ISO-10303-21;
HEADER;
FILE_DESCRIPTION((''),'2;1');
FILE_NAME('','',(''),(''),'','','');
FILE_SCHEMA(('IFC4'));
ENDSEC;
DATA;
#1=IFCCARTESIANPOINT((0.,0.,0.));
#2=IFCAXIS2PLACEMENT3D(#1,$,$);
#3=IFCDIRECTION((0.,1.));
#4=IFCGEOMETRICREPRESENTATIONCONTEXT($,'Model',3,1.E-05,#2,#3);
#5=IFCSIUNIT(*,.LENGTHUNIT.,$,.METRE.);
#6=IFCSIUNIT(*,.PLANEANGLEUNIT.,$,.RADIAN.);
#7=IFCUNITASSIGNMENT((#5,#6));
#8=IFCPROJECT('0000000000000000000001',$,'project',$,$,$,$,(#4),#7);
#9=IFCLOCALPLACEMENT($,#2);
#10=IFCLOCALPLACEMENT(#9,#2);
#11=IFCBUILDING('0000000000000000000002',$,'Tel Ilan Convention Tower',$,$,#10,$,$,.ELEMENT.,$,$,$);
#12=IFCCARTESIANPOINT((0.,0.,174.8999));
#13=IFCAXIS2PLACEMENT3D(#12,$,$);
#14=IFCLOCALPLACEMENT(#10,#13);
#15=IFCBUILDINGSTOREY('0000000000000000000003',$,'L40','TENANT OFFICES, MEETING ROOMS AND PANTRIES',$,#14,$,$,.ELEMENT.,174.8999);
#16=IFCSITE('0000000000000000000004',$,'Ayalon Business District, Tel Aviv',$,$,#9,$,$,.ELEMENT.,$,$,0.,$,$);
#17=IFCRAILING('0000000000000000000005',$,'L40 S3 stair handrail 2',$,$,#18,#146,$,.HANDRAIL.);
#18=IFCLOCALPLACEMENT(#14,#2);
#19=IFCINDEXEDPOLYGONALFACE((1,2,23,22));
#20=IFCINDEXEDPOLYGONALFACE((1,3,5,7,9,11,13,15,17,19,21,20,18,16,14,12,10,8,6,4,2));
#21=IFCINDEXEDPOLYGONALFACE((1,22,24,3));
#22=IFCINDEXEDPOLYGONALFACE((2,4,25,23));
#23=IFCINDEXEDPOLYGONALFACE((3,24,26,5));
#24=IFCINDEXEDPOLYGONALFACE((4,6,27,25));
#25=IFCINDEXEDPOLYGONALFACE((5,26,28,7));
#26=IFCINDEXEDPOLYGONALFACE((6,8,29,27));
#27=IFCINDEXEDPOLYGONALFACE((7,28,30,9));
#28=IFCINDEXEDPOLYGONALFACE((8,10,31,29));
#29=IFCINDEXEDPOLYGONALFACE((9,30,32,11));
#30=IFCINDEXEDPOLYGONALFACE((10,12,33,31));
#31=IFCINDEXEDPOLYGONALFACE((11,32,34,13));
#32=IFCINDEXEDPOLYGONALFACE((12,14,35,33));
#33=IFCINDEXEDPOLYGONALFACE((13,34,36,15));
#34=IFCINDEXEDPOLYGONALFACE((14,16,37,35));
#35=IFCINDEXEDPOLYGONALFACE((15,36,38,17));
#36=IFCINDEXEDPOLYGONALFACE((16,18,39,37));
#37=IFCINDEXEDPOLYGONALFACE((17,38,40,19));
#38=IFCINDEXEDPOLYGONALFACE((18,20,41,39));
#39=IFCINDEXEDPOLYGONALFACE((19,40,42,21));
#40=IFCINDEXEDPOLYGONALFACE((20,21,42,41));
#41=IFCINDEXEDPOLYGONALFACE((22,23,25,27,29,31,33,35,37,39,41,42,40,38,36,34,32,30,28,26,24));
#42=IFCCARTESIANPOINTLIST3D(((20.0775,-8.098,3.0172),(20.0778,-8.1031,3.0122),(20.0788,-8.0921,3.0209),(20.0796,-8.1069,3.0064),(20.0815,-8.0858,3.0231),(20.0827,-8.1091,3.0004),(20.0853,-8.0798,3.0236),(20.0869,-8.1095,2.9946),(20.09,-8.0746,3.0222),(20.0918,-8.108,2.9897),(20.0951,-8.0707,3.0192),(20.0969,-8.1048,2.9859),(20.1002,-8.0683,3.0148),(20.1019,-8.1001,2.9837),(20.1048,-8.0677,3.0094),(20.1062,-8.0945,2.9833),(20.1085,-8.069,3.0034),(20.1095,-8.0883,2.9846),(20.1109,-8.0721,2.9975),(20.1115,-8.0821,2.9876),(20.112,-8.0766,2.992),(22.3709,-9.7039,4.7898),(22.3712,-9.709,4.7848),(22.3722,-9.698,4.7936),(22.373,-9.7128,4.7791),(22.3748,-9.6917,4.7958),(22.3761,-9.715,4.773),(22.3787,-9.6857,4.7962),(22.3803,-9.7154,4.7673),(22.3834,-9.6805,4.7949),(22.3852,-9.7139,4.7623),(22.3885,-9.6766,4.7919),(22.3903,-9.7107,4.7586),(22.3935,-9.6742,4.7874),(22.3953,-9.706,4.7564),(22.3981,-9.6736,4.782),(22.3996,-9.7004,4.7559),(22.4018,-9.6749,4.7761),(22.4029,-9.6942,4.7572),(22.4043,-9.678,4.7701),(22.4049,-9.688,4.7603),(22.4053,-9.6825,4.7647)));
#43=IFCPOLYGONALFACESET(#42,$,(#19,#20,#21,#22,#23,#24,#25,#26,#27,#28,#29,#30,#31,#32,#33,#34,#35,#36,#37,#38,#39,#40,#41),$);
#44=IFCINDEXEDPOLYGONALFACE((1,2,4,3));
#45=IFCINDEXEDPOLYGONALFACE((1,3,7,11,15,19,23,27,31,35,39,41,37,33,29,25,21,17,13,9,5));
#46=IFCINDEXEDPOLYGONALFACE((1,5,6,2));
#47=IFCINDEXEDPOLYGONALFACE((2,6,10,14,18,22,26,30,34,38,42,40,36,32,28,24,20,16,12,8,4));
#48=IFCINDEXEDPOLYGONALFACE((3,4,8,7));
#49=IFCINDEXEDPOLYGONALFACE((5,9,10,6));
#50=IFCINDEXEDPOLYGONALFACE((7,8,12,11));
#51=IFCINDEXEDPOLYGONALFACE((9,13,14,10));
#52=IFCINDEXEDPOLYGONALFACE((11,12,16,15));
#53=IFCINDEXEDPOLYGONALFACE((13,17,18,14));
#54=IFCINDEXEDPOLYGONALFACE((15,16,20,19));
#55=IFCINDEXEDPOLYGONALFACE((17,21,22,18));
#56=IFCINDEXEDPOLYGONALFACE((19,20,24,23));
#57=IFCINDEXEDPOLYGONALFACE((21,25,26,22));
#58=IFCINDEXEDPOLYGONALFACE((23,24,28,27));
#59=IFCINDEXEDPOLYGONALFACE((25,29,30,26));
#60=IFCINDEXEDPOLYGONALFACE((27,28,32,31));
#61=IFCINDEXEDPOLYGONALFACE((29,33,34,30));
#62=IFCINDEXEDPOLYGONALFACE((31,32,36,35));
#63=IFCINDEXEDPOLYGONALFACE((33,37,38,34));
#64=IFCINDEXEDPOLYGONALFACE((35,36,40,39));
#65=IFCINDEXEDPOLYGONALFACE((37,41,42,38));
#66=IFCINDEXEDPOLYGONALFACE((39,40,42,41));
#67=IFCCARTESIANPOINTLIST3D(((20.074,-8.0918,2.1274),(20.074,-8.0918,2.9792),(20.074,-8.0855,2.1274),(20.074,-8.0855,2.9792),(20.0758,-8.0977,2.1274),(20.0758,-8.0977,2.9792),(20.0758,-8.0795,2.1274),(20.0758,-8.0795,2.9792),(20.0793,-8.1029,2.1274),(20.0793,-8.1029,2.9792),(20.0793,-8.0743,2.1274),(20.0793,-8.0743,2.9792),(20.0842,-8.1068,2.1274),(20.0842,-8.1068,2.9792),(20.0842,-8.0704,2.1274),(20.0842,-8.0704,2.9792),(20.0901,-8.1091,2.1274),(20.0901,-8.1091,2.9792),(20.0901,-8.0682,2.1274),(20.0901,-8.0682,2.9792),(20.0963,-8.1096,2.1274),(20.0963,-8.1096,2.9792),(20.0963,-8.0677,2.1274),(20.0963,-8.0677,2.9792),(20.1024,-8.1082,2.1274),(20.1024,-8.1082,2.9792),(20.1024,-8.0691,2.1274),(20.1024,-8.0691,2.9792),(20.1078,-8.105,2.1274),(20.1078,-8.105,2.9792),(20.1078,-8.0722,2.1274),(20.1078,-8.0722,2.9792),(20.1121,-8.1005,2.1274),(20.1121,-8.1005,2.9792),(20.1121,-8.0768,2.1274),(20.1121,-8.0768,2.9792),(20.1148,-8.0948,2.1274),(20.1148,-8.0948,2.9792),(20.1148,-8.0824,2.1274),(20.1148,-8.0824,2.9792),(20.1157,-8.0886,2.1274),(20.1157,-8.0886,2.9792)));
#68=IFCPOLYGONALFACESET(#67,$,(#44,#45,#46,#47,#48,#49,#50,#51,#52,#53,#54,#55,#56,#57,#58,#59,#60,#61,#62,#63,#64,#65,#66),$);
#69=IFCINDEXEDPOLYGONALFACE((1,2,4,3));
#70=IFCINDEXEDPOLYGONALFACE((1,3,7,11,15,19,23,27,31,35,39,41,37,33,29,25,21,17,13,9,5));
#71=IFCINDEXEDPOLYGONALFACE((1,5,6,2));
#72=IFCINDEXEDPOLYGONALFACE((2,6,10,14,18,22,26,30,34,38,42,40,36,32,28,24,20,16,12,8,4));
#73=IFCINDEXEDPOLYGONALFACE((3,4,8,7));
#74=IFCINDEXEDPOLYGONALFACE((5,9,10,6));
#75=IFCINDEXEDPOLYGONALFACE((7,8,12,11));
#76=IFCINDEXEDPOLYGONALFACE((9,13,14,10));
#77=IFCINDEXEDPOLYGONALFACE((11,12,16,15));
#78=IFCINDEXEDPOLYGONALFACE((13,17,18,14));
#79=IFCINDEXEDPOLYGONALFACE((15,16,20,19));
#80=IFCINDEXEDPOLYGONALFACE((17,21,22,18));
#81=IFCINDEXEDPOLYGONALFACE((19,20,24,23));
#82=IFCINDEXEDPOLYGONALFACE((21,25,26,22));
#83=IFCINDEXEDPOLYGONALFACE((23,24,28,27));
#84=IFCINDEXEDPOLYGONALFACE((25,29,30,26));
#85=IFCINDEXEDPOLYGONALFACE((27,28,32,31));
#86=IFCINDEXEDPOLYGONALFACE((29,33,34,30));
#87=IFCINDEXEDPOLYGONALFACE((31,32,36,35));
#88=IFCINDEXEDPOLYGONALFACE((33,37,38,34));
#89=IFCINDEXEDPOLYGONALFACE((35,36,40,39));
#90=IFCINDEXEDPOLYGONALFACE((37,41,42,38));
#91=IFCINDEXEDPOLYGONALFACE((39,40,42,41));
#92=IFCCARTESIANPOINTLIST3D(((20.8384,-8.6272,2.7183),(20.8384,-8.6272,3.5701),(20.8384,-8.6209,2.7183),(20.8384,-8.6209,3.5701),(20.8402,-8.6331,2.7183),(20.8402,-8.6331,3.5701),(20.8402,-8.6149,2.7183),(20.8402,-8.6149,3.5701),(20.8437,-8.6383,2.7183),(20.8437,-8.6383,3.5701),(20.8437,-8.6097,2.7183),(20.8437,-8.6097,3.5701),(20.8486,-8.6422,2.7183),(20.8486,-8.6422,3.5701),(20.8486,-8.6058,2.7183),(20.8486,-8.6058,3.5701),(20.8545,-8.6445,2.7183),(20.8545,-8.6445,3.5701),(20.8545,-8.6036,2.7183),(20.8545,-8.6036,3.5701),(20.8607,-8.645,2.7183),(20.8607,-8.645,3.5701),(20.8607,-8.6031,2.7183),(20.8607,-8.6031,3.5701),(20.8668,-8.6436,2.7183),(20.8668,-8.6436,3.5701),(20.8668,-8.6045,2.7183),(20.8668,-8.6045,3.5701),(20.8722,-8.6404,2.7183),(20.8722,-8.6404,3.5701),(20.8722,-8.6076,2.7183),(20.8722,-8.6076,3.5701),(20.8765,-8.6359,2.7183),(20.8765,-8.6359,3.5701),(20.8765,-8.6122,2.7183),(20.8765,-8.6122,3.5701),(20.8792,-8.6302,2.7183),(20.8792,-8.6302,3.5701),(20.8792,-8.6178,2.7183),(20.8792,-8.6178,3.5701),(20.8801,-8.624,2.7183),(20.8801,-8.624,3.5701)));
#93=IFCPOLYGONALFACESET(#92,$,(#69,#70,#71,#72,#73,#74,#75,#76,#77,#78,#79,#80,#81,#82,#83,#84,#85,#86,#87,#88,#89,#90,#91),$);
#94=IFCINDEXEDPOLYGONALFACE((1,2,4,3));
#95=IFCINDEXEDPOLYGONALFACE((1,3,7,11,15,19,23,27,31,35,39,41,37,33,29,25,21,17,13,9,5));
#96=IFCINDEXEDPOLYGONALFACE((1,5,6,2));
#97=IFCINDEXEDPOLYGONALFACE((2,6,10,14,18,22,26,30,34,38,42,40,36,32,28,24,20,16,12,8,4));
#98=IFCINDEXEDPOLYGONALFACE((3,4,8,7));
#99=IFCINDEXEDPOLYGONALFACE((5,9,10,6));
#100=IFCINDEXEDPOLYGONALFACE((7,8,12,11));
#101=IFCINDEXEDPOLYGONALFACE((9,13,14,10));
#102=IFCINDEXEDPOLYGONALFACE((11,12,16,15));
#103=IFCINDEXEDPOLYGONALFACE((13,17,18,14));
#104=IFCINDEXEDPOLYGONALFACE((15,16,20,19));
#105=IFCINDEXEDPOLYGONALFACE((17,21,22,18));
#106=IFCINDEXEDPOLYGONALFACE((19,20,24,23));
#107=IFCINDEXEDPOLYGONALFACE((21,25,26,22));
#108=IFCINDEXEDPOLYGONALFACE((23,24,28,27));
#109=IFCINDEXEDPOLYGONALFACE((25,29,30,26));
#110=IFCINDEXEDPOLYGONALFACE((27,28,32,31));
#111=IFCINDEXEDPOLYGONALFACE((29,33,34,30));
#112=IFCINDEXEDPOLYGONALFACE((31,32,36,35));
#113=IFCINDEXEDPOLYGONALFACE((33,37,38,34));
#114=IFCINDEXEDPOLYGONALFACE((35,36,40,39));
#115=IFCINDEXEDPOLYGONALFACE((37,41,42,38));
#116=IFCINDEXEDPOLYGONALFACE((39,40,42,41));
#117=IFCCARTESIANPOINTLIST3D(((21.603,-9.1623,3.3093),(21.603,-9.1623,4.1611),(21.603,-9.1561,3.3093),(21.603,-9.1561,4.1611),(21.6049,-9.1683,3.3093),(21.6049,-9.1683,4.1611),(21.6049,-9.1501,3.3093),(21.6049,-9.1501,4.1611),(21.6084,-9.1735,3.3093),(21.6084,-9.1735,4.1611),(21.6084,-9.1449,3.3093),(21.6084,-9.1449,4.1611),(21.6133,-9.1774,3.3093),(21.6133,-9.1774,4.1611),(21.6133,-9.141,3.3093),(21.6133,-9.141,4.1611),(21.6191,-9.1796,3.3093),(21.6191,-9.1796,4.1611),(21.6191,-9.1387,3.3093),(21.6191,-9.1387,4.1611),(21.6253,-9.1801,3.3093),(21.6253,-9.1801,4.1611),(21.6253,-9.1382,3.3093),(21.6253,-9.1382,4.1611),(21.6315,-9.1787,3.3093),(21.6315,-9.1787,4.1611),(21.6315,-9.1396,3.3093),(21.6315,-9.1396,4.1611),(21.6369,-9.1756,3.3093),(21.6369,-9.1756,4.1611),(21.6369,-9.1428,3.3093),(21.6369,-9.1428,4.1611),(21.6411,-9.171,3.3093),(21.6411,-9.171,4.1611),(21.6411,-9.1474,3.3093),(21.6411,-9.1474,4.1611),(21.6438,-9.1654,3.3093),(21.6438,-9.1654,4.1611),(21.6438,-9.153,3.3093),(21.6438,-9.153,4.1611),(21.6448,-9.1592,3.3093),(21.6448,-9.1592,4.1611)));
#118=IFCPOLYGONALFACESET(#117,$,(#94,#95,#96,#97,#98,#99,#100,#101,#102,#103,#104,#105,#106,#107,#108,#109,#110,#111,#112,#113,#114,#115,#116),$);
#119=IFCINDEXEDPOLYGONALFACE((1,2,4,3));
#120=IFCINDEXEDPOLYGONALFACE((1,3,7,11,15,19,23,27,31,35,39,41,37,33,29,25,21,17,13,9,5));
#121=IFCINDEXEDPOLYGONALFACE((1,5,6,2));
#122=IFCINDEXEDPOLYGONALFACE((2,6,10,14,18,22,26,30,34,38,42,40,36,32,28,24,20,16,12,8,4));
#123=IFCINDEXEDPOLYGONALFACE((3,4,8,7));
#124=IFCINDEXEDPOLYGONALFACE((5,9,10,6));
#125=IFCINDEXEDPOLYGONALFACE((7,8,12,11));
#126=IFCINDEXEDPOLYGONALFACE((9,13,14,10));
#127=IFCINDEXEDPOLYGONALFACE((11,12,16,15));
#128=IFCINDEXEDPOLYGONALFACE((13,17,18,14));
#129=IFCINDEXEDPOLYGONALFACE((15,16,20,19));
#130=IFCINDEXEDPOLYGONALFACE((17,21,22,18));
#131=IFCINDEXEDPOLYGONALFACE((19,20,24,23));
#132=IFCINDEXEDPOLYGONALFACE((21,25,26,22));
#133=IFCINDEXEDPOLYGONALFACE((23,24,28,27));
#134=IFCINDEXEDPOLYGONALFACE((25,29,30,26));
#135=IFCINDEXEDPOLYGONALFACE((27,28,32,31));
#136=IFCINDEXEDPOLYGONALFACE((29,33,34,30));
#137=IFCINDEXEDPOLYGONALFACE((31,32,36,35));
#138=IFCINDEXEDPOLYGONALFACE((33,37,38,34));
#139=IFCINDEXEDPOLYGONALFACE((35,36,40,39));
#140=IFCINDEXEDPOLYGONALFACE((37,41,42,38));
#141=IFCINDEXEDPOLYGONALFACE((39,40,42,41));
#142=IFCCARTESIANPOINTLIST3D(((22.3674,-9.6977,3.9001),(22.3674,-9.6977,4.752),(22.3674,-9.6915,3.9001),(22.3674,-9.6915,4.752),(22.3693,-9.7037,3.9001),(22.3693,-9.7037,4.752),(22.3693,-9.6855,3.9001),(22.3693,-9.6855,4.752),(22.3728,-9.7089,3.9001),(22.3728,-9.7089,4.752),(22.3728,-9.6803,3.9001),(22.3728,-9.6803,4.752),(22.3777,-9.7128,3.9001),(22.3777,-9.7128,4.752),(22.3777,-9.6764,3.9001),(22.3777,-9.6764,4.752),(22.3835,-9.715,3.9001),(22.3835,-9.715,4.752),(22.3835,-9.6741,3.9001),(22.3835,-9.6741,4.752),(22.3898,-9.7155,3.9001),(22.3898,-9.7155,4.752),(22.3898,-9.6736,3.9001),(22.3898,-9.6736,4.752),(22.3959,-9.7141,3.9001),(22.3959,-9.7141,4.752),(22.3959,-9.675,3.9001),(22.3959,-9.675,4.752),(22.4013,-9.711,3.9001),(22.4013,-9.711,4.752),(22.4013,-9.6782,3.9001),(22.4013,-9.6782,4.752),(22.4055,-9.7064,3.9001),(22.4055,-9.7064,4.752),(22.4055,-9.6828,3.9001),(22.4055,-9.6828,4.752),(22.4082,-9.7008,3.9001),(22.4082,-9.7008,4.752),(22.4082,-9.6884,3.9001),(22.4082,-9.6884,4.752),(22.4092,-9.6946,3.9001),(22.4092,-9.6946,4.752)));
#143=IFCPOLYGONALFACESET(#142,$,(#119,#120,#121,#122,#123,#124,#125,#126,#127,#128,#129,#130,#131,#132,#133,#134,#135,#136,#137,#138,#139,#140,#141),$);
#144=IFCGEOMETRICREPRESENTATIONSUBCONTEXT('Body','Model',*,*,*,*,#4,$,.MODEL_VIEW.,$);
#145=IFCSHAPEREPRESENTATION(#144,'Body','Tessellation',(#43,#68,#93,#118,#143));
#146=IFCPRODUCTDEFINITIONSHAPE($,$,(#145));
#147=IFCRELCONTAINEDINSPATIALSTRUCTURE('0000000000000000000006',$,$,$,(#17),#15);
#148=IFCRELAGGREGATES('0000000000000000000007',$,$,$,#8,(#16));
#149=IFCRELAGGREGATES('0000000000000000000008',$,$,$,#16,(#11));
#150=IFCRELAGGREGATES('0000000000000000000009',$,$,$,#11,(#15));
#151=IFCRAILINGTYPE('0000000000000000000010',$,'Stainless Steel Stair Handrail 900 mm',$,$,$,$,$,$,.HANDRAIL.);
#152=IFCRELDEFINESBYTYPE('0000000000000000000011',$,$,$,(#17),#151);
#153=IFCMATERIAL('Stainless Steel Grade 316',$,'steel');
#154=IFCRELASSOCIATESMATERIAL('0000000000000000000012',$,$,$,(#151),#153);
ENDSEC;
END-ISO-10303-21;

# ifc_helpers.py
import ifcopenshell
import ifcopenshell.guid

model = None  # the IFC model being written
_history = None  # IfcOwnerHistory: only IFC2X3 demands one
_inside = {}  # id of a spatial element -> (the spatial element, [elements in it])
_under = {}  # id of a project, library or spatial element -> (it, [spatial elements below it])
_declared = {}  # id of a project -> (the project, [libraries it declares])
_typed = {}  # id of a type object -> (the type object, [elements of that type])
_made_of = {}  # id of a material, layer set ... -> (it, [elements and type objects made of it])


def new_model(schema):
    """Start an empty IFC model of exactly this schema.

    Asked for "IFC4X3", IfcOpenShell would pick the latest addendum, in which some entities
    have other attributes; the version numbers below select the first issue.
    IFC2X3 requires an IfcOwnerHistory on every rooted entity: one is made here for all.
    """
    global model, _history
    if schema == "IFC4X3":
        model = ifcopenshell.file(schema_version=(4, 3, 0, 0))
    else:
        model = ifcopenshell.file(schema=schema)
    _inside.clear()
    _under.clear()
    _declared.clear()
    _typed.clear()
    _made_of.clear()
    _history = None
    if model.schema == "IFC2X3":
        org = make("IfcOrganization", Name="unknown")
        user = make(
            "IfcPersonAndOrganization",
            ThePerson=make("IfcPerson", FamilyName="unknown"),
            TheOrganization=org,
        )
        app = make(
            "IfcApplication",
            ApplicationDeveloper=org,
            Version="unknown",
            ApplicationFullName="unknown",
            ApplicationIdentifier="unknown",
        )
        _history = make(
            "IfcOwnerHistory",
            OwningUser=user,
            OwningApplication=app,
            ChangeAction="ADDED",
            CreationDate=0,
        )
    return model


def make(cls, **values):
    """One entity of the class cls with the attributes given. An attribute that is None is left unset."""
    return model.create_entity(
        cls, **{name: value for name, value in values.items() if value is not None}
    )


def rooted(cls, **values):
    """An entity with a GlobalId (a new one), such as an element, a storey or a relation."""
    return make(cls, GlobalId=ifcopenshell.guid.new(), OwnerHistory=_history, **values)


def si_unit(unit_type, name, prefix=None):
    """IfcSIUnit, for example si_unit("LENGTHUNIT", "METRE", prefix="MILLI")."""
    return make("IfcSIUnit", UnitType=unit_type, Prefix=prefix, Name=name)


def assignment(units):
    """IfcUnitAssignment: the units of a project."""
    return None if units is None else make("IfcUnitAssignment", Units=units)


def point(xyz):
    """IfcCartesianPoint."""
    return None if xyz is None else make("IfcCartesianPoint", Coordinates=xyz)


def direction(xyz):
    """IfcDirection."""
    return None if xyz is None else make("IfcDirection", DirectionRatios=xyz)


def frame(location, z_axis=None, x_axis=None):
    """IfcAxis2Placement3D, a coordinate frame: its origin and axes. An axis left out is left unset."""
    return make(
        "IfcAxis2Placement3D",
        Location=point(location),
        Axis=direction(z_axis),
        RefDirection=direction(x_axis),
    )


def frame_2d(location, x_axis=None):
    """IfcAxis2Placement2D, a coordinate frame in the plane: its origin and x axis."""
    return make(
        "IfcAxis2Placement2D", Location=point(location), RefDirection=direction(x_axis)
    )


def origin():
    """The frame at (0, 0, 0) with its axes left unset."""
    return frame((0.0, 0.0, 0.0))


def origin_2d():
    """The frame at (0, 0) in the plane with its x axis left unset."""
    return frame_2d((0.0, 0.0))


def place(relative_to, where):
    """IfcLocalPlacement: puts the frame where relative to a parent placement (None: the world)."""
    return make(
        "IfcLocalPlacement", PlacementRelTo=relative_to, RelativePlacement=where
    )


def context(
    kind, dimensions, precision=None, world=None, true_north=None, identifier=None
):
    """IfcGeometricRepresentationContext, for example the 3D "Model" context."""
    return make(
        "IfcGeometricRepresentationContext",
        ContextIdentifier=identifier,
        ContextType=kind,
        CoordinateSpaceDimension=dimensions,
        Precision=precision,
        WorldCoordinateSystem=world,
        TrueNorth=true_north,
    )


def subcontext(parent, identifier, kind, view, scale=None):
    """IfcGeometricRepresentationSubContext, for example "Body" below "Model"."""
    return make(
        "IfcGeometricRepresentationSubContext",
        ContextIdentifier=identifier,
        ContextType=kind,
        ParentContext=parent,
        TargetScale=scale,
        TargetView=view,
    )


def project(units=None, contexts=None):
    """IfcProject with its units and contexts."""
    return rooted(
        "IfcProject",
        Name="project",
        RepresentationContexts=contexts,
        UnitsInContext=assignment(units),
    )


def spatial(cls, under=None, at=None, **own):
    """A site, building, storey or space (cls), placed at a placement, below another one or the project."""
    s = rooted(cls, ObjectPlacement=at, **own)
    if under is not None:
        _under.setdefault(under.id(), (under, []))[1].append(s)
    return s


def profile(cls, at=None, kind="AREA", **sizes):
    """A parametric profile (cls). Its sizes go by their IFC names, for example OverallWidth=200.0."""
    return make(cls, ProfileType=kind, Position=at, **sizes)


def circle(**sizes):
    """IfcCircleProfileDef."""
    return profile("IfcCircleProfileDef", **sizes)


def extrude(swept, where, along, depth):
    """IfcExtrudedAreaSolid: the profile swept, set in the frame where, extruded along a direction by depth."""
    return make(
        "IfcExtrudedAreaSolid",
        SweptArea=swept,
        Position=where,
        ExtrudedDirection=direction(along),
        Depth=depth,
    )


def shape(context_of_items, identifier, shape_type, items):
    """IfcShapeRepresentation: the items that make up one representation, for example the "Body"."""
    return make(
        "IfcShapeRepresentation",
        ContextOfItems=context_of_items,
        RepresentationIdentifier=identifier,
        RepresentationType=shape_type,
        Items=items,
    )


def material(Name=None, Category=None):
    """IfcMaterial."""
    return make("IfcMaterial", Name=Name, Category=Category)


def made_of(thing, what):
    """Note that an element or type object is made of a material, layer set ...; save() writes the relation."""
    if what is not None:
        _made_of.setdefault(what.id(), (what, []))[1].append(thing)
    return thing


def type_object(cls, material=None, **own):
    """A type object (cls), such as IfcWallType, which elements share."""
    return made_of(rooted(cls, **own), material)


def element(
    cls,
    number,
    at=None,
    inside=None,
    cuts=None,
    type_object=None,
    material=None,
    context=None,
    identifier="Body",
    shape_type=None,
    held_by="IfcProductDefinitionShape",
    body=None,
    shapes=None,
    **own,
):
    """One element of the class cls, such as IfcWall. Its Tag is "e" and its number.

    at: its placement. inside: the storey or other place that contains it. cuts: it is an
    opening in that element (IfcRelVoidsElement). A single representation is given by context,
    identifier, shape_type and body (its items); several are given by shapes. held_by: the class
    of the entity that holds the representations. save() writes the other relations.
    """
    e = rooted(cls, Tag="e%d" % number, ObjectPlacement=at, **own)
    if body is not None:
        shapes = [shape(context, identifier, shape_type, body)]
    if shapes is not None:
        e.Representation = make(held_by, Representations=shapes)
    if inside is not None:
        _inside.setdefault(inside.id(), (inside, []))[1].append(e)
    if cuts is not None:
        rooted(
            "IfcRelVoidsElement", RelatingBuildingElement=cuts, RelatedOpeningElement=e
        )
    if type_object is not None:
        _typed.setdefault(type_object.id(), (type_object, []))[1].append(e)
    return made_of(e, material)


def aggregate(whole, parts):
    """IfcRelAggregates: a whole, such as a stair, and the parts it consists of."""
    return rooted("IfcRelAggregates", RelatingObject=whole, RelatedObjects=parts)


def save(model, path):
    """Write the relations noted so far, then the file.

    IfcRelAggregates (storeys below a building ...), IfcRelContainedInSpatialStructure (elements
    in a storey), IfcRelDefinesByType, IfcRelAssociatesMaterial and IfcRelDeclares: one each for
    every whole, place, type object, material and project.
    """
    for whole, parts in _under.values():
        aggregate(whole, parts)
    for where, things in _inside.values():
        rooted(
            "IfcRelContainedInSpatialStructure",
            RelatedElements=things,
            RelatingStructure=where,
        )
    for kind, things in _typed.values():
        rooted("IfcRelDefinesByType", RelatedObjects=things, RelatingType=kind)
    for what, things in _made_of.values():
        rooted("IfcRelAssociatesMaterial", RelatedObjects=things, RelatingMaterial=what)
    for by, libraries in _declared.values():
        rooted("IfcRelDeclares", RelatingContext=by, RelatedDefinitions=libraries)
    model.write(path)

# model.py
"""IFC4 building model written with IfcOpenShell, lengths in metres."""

from ifc_helpers import new_model, si_unit, direction, frame, origin, origin_2d, place, context, subcontext, project, spatial, circle, extrude, material, type_object, element, save


model = new_model("IFC4")

# Units and contexts
model_context = context("Model", 3, precision=1e-05, world=origin(), true_north=direction((0.0, 1.0)))
body_context = subcontext(model_context, "Body", "Model", "MODEL_VIEW")
ifc_project = project(units=[si_unit("LENGTHUNIT", "METRE"), si_unit("PLANEANGLEUNIT", "RADIAN")], contexts=[model_context])

# Site, building, storey
site_placement = place(None, origin())
site = spatial("IfcSite", under=ifc_project, at=site_placement, Name="Ayalon Business District, Tel Aviv", CompositionType="ELEMENT", RefElevation=0.0)
building_placement = place(site_placement, origin())
building = spatial("IfcBuilding", under=site, at=building_placement, Name="Tel Ilan Convention Tower", CompositionType="ELEMENT")
storey_placement = place(building_placement, frame((0.0, 0.0, 174.8999)))
storey = spatial("IfcBuildingStorey", under=building, at=storey_placement, Name="L40", Description="TENANT OFFICES, MEETING ROOMS AND PANTRIES", CompositionType="ELEMENT", Elevation=174.8999)

# Railing
ifc_material_1 = material(Name="Stainless Steel Grade 316", Category="steel")
railing_type_1 = type_object("IfcRailingType", Name="Stainless Steel Stair Handrail 900 mm", PredefinedType="HANDRAIL", material=ifc_material_1)
railing_1_placement = place(storey_placement, frame((20.0947, -8.0886, 2.1274)))
element("IfcRailing", 1, at=railing_1_placement, inside=storey, type_object=railing_type_1, Name="L40 S3 stair handrail 2", PredefinedType="HANDRAIL", context=body_context, shape_type="SweptSolid", body=[
    extrude(circle(Radius=0.0239, at=origin_2d()), frame((0.0, 0.0, 0.876), z_axis=(0.692085, -0.484621, 0.53494), x_axis=(0.573591, 0.819142, 0.0)), (0.0, 0.0, 1.0), 3.3137),
    extrude(circle(Radius=0.021, at=origin_2d()), origin(), (0.0, 0.0, 1.0), 0.8518),
    extrude(circle(Radius=0.021, at=origin_2d()), frame((0.7644, -0.5354, 0.5908)), (0.0, 0.0, 1.0), 0.8518),
    extrude(circle(Radius=0.021, at=origin_2d()), frame((1.5291, -1.0706, 1.1819)), (0.0, 0.0, 1.0), 0.8518),
    extrude(circle(Radius=0.021, at=origin_2d()), frame((2.2935, -1.606, 1.7727)), (0.0, 0.0, 1.0), 0.8518),
])

save(model, "model.ifc")
